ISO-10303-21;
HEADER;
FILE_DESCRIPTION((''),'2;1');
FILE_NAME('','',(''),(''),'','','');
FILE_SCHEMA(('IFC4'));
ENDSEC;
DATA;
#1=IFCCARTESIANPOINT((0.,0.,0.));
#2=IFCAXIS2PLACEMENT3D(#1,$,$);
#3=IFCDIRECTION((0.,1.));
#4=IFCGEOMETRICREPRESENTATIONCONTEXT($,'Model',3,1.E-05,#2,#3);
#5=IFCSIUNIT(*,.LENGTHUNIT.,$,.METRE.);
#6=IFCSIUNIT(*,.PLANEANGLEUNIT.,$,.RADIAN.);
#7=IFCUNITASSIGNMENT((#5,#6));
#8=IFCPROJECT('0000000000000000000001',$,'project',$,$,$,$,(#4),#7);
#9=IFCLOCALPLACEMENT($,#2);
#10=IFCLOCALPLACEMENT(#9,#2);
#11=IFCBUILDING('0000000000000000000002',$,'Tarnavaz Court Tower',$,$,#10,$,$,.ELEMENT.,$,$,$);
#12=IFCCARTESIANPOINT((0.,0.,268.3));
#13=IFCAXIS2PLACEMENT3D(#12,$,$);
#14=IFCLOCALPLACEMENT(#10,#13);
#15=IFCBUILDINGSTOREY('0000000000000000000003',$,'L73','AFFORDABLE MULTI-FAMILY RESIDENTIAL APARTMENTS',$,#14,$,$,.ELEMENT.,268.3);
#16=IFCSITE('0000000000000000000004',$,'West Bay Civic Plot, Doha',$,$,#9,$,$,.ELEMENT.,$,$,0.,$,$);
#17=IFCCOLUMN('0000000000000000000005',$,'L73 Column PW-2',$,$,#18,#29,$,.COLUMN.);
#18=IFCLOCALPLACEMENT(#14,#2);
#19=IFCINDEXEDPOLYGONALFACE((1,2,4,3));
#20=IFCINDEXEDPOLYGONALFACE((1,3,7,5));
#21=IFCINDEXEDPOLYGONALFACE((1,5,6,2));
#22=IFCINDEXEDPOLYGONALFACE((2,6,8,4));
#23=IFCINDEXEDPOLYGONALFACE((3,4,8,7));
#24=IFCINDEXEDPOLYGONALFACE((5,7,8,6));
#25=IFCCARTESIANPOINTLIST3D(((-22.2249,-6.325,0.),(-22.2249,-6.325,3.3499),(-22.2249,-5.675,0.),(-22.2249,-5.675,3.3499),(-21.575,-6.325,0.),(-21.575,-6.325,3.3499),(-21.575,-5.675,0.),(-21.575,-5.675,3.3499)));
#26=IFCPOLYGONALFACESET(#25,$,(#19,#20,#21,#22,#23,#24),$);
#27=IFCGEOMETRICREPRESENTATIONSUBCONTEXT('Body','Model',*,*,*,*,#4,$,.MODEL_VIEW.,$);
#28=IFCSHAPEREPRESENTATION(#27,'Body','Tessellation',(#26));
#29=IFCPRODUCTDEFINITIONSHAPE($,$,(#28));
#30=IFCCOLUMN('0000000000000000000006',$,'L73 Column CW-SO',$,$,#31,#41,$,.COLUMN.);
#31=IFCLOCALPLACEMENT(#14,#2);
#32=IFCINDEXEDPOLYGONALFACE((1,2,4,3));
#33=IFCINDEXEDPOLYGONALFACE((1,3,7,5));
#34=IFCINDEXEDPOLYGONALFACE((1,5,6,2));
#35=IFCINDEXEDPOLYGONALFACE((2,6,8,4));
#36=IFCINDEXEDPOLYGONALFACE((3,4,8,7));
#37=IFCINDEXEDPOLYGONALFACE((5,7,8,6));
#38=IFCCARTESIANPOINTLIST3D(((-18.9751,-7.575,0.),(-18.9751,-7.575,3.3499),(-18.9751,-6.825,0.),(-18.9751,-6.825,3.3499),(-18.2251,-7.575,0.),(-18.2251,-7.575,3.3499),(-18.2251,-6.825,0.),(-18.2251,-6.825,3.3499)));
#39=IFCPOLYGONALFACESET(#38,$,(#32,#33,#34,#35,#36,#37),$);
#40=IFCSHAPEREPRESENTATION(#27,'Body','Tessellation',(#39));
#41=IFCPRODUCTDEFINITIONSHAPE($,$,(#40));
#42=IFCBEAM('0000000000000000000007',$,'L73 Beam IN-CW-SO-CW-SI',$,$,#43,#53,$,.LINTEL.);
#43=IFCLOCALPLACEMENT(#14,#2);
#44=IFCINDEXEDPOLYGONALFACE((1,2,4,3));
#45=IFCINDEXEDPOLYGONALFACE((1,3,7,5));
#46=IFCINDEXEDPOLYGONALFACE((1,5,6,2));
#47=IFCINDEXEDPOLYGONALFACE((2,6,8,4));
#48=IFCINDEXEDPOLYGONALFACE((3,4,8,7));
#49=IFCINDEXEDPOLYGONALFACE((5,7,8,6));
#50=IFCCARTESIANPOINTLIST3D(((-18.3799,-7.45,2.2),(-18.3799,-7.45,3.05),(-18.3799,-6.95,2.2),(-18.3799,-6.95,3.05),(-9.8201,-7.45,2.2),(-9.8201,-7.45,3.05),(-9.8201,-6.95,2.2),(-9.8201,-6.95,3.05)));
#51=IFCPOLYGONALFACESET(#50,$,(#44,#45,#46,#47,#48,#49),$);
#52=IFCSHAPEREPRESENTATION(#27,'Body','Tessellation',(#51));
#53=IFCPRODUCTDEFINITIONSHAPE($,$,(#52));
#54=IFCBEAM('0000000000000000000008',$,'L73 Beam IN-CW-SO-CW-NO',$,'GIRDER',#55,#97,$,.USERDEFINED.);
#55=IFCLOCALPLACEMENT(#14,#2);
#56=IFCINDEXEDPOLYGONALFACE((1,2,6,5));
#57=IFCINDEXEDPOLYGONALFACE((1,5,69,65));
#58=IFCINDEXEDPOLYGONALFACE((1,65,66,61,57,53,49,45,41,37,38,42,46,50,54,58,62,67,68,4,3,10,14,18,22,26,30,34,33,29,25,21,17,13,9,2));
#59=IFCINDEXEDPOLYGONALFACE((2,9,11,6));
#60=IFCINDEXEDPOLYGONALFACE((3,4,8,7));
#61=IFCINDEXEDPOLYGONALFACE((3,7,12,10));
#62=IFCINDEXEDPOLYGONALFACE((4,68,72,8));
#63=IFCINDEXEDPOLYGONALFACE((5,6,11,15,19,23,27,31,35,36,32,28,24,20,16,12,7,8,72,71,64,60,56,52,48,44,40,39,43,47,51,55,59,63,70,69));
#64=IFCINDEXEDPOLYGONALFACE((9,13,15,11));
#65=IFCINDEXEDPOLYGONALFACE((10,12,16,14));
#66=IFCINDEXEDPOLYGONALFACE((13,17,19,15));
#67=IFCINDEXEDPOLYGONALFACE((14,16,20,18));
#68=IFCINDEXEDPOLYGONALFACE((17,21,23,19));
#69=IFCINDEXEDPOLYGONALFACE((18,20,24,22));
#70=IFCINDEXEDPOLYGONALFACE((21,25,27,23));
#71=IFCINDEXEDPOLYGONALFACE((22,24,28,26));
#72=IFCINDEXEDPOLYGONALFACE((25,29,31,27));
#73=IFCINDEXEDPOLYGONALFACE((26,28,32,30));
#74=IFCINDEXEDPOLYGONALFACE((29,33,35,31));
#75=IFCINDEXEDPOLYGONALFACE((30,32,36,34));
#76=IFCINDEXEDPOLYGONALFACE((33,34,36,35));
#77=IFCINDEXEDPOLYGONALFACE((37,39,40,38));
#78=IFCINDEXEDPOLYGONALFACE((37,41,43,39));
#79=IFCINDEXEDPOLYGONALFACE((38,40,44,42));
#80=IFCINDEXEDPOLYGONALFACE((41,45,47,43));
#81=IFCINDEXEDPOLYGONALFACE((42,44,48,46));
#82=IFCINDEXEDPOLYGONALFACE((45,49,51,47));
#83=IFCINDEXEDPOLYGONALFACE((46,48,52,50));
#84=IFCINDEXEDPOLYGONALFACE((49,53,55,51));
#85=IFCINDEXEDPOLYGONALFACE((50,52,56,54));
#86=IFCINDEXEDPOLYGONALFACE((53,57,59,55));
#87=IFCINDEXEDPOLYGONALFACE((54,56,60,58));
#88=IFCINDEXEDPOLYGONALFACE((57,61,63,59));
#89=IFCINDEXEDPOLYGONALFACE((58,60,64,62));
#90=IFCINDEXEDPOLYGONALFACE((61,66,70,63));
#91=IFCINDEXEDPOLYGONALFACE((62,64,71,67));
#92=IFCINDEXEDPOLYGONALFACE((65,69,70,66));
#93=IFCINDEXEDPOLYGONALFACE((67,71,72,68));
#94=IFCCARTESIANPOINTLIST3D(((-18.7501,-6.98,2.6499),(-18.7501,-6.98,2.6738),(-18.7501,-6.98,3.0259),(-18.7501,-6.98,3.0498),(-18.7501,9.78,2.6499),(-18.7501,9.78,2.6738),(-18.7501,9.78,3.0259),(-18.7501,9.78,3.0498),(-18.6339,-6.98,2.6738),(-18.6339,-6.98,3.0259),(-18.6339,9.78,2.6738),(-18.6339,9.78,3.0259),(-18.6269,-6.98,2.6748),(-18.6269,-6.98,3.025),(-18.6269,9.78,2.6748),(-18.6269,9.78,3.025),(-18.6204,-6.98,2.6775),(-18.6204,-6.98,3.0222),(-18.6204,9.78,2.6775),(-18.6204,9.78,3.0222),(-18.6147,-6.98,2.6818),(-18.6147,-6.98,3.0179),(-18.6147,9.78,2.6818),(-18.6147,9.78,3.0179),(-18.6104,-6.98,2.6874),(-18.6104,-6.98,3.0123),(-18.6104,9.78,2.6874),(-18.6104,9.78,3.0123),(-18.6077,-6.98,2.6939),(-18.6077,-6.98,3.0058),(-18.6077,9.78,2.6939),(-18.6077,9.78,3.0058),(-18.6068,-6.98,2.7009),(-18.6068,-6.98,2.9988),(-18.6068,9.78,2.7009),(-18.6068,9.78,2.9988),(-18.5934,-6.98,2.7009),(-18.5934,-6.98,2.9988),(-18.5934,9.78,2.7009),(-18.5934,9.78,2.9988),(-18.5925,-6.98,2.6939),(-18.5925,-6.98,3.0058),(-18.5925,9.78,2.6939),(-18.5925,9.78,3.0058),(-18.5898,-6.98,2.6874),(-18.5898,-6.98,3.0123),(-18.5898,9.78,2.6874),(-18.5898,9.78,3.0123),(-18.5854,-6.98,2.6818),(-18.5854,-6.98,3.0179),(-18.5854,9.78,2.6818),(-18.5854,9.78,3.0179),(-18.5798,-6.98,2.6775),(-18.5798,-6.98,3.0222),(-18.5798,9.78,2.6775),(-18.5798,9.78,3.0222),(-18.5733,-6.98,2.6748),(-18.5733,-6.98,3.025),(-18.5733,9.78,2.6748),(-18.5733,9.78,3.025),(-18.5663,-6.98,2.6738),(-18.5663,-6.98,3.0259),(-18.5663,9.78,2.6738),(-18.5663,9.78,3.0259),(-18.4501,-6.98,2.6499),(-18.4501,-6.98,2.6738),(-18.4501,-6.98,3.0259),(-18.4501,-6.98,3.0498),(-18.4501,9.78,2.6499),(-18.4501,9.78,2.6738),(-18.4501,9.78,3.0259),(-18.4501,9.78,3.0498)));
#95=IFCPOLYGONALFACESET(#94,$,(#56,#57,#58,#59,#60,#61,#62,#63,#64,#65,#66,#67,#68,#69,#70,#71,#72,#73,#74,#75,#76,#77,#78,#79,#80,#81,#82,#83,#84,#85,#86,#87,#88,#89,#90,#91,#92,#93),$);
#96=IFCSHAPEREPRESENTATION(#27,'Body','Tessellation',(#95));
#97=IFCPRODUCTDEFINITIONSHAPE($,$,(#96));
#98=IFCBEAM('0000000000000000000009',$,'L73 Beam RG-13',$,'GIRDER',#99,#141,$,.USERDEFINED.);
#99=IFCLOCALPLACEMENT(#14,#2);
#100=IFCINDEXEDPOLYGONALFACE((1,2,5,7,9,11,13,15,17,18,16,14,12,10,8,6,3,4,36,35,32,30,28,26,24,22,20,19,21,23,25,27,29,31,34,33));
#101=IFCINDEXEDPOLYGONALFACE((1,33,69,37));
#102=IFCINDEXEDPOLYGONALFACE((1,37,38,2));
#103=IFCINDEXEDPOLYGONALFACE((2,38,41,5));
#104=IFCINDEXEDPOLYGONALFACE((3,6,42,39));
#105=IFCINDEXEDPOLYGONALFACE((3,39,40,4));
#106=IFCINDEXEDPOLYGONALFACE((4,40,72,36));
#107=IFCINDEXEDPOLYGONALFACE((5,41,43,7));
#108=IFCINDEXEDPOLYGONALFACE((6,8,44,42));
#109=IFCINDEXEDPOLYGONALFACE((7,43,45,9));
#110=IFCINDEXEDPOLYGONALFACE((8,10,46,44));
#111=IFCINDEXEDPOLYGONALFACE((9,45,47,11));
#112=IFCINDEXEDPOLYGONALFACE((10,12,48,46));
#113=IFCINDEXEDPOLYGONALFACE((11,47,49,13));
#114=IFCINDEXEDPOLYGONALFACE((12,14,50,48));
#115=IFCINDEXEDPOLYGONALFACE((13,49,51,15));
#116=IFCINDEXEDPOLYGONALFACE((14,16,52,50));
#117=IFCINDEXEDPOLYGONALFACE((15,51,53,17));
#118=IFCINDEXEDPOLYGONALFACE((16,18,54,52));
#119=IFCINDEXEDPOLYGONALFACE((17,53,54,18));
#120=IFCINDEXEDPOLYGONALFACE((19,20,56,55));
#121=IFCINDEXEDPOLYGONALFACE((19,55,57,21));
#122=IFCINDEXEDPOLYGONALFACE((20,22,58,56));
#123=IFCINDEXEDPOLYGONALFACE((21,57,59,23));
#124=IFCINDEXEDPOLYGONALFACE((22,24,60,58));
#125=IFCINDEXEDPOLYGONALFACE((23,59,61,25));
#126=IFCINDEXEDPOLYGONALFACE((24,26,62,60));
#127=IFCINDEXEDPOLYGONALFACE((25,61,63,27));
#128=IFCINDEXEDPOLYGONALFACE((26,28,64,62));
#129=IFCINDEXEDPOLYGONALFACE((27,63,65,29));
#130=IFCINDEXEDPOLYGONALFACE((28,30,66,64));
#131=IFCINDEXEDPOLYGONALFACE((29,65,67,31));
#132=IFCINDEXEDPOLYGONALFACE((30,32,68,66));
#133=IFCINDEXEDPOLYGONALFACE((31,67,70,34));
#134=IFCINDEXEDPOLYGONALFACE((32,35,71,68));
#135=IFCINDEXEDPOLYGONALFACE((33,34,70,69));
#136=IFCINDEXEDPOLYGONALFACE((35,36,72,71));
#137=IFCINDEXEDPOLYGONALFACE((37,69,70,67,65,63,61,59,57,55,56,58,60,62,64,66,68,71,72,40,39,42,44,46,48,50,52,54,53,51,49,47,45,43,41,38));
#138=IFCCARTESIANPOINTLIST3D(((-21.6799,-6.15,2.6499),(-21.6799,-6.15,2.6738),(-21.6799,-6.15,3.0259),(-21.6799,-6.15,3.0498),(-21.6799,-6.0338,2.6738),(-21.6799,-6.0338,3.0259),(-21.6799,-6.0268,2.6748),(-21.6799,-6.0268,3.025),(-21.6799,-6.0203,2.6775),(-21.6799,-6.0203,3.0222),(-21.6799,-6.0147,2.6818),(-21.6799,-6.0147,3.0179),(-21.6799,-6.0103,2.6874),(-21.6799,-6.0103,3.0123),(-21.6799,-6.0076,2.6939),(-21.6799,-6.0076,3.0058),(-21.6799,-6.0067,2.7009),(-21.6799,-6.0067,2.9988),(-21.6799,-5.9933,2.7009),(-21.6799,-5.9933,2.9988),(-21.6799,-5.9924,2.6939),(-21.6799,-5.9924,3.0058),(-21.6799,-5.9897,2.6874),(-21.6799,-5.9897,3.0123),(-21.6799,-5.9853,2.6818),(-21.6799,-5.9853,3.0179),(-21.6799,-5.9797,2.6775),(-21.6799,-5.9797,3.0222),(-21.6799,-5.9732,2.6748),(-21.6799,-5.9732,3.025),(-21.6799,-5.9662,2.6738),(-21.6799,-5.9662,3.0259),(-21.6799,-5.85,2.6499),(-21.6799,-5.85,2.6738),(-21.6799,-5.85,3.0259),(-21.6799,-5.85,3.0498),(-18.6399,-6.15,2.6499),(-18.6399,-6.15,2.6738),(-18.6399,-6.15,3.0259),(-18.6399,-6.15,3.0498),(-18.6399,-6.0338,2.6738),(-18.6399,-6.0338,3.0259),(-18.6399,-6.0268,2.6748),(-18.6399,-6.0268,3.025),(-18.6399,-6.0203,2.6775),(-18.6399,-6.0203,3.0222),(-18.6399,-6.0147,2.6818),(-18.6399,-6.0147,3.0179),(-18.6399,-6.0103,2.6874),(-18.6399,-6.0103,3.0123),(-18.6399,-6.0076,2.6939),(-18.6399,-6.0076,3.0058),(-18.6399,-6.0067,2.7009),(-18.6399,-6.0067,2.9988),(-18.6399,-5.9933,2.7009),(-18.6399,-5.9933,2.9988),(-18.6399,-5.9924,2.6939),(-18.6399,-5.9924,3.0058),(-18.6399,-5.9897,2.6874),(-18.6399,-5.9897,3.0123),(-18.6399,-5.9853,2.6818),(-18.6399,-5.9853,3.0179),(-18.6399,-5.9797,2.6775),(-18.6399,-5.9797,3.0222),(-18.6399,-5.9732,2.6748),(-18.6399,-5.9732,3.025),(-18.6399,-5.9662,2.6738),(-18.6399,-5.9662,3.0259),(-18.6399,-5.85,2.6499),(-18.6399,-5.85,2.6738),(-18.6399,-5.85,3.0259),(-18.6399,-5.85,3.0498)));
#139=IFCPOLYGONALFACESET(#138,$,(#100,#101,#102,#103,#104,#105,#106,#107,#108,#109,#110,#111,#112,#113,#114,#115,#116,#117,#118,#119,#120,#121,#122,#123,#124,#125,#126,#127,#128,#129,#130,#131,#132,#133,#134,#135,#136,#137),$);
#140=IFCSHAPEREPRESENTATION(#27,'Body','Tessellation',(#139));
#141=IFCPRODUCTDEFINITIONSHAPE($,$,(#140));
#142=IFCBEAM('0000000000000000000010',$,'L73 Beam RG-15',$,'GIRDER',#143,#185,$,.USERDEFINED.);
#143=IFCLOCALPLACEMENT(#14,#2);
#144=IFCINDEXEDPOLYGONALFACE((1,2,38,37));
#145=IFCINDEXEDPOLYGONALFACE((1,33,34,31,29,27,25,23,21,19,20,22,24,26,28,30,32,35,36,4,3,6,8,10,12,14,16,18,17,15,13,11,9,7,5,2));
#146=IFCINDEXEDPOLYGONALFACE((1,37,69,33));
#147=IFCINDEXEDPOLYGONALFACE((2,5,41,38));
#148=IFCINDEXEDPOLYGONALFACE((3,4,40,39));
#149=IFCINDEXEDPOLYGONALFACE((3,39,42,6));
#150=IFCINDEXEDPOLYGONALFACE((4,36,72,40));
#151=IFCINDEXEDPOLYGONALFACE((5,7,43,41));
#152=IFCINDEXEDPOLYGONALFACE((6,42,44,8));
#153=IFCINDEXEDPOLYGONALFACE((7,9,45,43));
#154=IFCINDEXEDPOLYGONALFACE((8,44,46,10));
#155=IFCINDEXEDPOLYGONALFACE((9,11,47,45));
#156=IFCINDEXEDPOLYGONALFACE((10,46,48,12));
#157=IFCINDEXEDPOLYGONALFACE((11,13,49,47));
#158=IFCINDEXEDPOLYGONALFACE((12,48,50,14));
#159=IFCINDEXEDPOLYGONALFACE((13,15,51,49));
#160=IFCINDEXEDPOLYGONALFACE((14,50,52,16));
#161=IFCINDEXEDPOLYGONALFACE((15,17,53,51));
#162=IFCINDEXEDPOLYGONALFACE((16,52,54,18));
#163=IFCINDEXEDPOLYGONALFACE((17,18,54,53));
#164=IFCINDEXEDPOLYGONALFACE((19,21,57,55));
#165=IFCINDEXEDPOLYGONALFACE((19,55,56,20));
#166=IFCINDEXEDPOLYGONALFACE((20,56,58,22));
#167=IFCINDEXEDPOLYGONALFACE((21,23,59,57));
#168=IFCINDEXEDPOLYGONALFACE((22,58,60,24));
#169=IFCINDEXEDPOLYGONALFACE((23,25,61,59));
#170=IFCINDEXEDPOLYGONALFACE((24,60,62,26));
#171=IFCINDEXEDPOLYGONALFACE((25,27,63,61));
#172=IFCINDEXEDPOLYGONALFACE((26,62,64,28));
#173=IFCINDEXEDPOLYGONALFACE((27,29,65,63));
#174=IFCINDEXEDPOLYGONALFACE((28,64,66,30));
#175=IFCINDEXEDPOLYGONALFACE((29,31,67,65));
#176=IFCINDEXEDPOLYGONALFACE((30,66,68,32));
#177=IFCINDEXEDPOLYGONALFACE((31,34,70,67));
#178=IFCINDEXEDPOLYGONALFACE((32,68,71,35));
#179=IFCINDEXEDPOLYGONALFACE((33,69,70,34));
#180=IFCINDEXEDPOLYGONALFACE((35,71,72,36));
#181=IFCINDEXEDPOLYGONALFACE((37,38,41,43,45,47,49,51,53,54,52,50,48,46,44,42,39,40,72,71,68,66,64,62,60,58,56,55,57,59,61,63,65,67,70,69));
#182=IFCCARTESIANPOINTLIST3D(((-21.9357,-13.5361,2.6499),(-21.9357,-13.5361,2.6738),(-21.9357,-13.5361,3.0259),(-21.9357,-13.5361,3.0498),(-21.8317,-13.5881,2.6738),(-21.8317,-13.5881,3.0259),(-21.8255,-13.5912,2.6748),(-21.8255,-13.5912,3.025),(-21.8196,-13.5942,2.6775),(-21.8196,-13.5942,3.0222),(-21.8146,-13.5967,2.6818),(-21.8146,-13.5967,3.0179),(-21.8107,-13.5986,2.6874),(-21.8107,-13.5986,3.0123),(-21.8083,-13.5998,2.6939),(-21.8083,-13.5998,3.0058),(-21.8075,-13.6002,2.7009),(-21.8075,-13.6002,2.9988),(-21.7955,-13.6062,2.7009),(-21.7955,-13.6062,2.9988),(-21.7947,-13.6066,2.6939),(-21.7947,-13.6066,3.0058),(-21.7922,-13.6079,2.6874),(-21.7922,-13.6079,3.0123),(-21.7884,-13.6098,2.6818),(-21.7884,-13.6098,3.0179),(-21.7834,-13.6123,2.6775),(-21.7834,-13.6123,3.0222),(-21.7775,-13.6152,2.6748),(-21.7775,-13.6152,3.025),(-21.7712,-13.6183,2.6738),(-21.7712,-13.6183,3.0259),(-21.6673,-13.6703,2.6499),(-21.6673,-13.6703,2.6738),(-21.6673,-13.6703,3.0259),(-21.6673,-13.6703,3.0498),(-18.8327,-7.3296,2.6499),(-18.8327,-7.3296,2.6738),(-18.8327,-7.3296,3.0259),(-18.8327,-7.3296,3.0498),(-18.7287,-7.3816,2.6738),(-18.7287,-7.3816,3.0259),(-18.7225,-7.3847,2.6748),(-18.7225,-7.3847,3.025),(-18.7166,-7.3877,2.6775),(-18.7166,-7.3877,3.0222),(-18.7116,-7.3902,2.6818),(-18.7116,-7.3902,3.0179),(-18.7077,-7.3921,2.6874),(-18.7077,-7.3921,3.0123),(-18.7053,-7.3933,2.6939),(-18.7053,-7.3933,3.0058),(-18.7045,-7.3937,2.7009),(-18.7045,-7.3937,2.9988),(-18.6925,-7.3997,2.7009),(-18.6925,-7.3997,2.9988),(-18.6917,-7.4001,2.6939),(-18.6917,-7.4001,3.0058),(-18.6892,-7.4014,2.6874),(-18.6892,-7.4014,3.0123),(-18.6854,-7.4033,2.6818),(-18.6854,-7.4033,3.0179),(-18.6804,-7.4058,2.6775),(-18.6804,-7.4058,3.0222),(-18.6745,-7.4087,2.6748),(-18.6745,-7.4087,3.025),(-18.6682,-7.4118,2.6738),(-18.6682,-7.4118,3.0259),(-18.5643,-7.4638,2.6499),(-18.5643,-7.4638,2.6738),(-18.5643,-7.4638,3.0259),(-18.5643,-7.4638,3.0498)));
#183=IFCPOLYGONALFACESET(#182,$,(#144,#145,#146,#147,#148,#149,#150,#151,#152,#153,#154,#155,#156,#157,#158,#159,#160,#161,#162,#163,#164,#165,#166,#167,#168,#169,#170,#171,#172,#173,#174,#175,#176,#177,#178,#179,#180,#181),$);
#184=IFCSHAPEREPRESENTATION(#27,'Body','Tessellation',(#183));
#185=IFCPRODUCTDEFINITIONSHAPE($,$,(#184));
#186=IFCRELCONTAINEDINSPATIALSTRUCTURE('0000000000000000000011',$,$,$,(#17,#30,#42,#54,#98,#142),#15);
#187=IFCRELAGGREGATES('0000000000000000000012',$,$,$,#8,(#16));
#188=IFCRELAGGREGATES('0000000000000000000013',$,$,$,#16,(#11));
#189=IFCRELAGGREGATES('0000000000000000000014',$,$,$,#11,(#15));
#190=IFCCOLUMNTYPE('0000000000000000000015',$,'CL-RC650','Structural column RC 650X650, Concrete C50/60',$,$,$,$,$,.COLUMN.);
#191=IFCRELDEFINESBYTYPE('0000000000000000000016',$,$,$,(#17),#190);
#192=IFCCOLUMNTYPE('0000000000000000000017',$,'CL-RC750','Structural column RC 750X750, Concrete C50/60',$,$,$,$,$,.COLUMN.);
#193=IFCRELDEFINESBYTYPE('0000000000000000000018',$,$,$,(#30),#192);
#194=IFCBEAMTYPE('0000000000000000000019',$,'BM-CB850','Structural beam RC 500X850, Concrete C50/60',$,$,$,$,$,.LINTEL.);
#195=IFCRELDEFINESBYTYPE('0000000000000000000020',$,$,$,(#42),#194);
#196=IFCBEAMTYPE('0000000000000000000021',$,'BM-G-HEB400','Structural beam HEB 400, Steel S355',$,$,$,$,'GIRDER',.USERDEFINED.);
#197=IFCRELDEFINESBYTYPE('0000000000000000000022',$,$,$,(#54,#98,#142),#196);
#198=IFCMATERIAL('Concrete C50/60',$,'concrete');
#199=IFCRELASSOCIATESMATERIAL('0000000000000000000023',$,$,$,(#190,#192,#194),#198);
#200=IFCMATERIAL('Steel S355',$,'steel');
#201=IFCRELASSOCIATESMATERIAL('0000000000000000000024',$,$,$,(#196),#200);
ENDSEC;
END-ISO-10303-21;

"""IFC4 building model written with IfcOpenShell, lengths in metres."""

from ifc_helpers import new_model, si_unit, direction, frame, origin, origin_2d, place, context, subcontext, project, spatial, rectangle, i_section, extrude, material, material_profile, profile_set, type_object, element, save


model = new_model("IFC4")

# Units and contexts
model_context = context("Model", 3, precision=1e-05, world=origin(), true_north=direction((0.0, 1.0)))
body_context = subcontext(model_context, "Body", "Model", "MODEL_VIEW")
ifc_project = project(units=[si_unit("LENGTHUNIT", "METRE"), si_unit("PLANEANGLEUNIT", "RADIAN")], contexts=[model_context])

# Site, building, storey
site_placement = place(None, origin())
site = spatial("IfcSite", under=ifc_project, at=site_placement, Name="West Bay Civic Plot, Doha", CompositionType="ELEMENT", RefElevation=0.0)
building_placement = place(site_placement, origin())
building = spatial("IfcBuilding", under=site, at=building_placement, Name="Tarnavaz Court Tower", CompositionType="ELEMENT")
storey_placement = place(building_placement, frame((0.0, 0.0, 268.3)))
storey = spatial("IfcBuildingStorey", under=building, at=storey_placement, Name="L73", Description="AFFORDABLE MULTI-FAMILY RESIDENTIAL APARTMENTS", CompositionType="ELEMENT", Elevation=268.3)

# Columns
ifc_material_1 = material(Name="Concrete C50/60", Category="concrete")
ifc_material_profile_1 = material_profile(ifc_material_1, rectangle(XDim=0.6499, YDim=0.6499, at=origin_2d()), Name="RC 650X650")
ifc_profile_set_1 = profile_set([ifc_material_profile_1], Name="Concrete C50/60")
column_type_1 = type_object("IfcColumnType", Name="CL-RC650", Description="Structural column RC 650X650, Concrete C50/60", PredefinedType="COLUMN", material=ifc_profile_set_1)
column_1_placement = place(storey_placement, frame((-21.8999, -6.0, 0.0), z_axis=(0.0, 0.0, 1.0), x_axis=(1.0, 0.0, 0.0)))
element("IfcColumn", 1, at=column_1_placement, inside=storey, type_object=column_type_1, Name="L73 Column PW-2", PredefinedType="COLUMN", context=body_context, shape_type="SweptSolid", body=[
    extrude(rectangle(XDim=0.6499, YDim=0.6499, at=origin_2d()), origin(), (0.0, 0.0, 1.0), 3.3499),
])
ifc_material_profile_2 = material_profile(ifc_material_1, rectangle(XDim=0.75, YDim=0.75, at=origin_2d()), Name="RC 750X750")
ifc_profile_set_2 = profile_set([ifc_material_profile_2], Name="Concrete C50/60")
column_type_2 = type_object("IfcColumnType", Name="CL-RC750", Description="Structural column RC 750X750, Concrete C50/60", PredefinedType="COLUMN", material=ifc_profile_set_2)
column_2_placement = place(storey_placement, frame((-18.6001, -7.2, 0.0), z_axis=(0.0, 0.0, 1.0), x_axis=(1.0, 0.0, 0.0)))
element("IfcColumn", 2, at=column_2_placement, inside=storey, type_object=column_type_2, Name="L73 Column CW-SO", PredefinedType="COLUMN", context=body_context, shape_type="SweptSolid", body=[
    extrude(rectangle(XDim=0.75, YDim=0.75, at=origin_2d()), origin(), (0.0, 0.0, 1.0), 3.3499),
])

# Beams
ifc_material_profile_3 = material_profile(ifc_material_1, rectangle(XDim=0.5, YDim=0.8501, at=origin_2d()), Name="RC 500X850")
ifc_profile_set_3 = profile_set([ifc_material_profile_3], Name="Concrete C50/60")
beam_type_1 = type_object("IfcBeamType", Name="BM-CB850", Description="Structural beam RC 500X850, Concrete C50/60", PredefinedType="LINTEL", material=ifc_profile_set_3)
beam_1_placement = place(storey_placement, frame((-18.3799, -7.2, 2.625), z_axis=(1.0, 0.0, 0.0), x_axis=(0.0, 1.0, 0.0)))
element("IfcBeam", 3, at=beam_1_placement, inside=storey, type_object=beam_type_1, Name="L73 Beam IN-CW-SO-CW-SI", PredefinedType="LINTEL", context=body_context, shape_type="SweptSolid", body=[
    extrude(rectangle(XDim=0.5, YDim=0.8501, at=origin_2d()), origin(), (0.0, 0.0, 1.0), 8.5598),
])
ifc_material_2 = material(Name="Steel S355", Category="steel")
ifc_material_profile_4 = material_profile(ifc_material_2, i_section(OverallWidth=0.3, OverallDepth=0.3999, WebThickness=0.0134, FlangeThickness=0.0239, FilletRadius=0.0271, at=origin_2d()), Name="HEB 400")
ifc_profile_set_4 = profile_set([ifc_material_profile_4], Name="Steel S355")
beam_type_2 = type_object("IfcBeamType", Name="BM-G-HEB400", Description="Structural beam HEB 400, Steel S355", ElementType="GIRDER", PredefinedType="USERDEFINED", material=ifc_profile_set_4)
beam_2_placement = place(storey_placement, frame((-18.6001, -6.98, 2.8499), z_axis=(0.0, 1.0, 0.0), x_axis=(-1.0, 0.0, 0.0)))
element("IfcBeam", 4, at=beam_2_placement, inside=storey, type_object=beam_type_2, Name="L73 Beam IN-CW-SO-CW-NO", ObjectType="GIRDER", PredefinedType="USERDEFINED", context=body_context, shape_type="SweptSolid", body=[
    extrude(i_section(OverallWidth=0.3, OverallDepth=0.3999, WebThickness=0.0134, FlangeThickness=0.0239, FilletRadius=0.0271, at=origin_2d()), origin(), (0.0, 0.0, 1.0), 16.76),
])
beam_3_placement = place(storey_placement, frame((-18.6399, -6.0, 2.8499), z_axis=(-1.0, 0.0, 0.0), x_axis=(0.0, -1.0, 0.0)))
element("IfcBeam", 5, at=beam_3_placement, inside=storey, type_object=beam_type_2, Name="L73 Beam RG-13", ObjectType="GIRDER", PredefinedType="USERDEFINED", context=body_context, shape_type="SweptSolid", body=[
    extrude(i_section(OverallWidth=0.3, OverallDepth=0.3999, WebThickness=0.0134, FlangeThickness=0.0239, FilletRadius=0.0271, at=origin_2d()), origin(), (0.0, 0.0, 1.0), 3.04),
])
beam_4_placement = place(storey_placement, frame((-18.6985, -7.3967, 2.8499), z_axis=(-0.447185, -0.894441, 0.0), x_axis=(0.894441, -0.447185, 0.0)))
element("IfcBeam", 6, at=beam_4_placement, inside=storey, type_object=beam_type_2, Name="L73 Beam RG-15", ObjectType="GIRDER", PredefinedType="USERDEFINED", context=body_context, shape_type="SweptSolid", body=[
    extrude(i_section(OverallWidth=0.3, OverallDepth=0.3999, WebThickness=0.0134, FlangeThickness=0.0239, FilletRadius=0.0271, at=origin_2d()), origin(), (0.0, 0.0, 1.0), 6.939),
])

save(model, "model.ifc")
